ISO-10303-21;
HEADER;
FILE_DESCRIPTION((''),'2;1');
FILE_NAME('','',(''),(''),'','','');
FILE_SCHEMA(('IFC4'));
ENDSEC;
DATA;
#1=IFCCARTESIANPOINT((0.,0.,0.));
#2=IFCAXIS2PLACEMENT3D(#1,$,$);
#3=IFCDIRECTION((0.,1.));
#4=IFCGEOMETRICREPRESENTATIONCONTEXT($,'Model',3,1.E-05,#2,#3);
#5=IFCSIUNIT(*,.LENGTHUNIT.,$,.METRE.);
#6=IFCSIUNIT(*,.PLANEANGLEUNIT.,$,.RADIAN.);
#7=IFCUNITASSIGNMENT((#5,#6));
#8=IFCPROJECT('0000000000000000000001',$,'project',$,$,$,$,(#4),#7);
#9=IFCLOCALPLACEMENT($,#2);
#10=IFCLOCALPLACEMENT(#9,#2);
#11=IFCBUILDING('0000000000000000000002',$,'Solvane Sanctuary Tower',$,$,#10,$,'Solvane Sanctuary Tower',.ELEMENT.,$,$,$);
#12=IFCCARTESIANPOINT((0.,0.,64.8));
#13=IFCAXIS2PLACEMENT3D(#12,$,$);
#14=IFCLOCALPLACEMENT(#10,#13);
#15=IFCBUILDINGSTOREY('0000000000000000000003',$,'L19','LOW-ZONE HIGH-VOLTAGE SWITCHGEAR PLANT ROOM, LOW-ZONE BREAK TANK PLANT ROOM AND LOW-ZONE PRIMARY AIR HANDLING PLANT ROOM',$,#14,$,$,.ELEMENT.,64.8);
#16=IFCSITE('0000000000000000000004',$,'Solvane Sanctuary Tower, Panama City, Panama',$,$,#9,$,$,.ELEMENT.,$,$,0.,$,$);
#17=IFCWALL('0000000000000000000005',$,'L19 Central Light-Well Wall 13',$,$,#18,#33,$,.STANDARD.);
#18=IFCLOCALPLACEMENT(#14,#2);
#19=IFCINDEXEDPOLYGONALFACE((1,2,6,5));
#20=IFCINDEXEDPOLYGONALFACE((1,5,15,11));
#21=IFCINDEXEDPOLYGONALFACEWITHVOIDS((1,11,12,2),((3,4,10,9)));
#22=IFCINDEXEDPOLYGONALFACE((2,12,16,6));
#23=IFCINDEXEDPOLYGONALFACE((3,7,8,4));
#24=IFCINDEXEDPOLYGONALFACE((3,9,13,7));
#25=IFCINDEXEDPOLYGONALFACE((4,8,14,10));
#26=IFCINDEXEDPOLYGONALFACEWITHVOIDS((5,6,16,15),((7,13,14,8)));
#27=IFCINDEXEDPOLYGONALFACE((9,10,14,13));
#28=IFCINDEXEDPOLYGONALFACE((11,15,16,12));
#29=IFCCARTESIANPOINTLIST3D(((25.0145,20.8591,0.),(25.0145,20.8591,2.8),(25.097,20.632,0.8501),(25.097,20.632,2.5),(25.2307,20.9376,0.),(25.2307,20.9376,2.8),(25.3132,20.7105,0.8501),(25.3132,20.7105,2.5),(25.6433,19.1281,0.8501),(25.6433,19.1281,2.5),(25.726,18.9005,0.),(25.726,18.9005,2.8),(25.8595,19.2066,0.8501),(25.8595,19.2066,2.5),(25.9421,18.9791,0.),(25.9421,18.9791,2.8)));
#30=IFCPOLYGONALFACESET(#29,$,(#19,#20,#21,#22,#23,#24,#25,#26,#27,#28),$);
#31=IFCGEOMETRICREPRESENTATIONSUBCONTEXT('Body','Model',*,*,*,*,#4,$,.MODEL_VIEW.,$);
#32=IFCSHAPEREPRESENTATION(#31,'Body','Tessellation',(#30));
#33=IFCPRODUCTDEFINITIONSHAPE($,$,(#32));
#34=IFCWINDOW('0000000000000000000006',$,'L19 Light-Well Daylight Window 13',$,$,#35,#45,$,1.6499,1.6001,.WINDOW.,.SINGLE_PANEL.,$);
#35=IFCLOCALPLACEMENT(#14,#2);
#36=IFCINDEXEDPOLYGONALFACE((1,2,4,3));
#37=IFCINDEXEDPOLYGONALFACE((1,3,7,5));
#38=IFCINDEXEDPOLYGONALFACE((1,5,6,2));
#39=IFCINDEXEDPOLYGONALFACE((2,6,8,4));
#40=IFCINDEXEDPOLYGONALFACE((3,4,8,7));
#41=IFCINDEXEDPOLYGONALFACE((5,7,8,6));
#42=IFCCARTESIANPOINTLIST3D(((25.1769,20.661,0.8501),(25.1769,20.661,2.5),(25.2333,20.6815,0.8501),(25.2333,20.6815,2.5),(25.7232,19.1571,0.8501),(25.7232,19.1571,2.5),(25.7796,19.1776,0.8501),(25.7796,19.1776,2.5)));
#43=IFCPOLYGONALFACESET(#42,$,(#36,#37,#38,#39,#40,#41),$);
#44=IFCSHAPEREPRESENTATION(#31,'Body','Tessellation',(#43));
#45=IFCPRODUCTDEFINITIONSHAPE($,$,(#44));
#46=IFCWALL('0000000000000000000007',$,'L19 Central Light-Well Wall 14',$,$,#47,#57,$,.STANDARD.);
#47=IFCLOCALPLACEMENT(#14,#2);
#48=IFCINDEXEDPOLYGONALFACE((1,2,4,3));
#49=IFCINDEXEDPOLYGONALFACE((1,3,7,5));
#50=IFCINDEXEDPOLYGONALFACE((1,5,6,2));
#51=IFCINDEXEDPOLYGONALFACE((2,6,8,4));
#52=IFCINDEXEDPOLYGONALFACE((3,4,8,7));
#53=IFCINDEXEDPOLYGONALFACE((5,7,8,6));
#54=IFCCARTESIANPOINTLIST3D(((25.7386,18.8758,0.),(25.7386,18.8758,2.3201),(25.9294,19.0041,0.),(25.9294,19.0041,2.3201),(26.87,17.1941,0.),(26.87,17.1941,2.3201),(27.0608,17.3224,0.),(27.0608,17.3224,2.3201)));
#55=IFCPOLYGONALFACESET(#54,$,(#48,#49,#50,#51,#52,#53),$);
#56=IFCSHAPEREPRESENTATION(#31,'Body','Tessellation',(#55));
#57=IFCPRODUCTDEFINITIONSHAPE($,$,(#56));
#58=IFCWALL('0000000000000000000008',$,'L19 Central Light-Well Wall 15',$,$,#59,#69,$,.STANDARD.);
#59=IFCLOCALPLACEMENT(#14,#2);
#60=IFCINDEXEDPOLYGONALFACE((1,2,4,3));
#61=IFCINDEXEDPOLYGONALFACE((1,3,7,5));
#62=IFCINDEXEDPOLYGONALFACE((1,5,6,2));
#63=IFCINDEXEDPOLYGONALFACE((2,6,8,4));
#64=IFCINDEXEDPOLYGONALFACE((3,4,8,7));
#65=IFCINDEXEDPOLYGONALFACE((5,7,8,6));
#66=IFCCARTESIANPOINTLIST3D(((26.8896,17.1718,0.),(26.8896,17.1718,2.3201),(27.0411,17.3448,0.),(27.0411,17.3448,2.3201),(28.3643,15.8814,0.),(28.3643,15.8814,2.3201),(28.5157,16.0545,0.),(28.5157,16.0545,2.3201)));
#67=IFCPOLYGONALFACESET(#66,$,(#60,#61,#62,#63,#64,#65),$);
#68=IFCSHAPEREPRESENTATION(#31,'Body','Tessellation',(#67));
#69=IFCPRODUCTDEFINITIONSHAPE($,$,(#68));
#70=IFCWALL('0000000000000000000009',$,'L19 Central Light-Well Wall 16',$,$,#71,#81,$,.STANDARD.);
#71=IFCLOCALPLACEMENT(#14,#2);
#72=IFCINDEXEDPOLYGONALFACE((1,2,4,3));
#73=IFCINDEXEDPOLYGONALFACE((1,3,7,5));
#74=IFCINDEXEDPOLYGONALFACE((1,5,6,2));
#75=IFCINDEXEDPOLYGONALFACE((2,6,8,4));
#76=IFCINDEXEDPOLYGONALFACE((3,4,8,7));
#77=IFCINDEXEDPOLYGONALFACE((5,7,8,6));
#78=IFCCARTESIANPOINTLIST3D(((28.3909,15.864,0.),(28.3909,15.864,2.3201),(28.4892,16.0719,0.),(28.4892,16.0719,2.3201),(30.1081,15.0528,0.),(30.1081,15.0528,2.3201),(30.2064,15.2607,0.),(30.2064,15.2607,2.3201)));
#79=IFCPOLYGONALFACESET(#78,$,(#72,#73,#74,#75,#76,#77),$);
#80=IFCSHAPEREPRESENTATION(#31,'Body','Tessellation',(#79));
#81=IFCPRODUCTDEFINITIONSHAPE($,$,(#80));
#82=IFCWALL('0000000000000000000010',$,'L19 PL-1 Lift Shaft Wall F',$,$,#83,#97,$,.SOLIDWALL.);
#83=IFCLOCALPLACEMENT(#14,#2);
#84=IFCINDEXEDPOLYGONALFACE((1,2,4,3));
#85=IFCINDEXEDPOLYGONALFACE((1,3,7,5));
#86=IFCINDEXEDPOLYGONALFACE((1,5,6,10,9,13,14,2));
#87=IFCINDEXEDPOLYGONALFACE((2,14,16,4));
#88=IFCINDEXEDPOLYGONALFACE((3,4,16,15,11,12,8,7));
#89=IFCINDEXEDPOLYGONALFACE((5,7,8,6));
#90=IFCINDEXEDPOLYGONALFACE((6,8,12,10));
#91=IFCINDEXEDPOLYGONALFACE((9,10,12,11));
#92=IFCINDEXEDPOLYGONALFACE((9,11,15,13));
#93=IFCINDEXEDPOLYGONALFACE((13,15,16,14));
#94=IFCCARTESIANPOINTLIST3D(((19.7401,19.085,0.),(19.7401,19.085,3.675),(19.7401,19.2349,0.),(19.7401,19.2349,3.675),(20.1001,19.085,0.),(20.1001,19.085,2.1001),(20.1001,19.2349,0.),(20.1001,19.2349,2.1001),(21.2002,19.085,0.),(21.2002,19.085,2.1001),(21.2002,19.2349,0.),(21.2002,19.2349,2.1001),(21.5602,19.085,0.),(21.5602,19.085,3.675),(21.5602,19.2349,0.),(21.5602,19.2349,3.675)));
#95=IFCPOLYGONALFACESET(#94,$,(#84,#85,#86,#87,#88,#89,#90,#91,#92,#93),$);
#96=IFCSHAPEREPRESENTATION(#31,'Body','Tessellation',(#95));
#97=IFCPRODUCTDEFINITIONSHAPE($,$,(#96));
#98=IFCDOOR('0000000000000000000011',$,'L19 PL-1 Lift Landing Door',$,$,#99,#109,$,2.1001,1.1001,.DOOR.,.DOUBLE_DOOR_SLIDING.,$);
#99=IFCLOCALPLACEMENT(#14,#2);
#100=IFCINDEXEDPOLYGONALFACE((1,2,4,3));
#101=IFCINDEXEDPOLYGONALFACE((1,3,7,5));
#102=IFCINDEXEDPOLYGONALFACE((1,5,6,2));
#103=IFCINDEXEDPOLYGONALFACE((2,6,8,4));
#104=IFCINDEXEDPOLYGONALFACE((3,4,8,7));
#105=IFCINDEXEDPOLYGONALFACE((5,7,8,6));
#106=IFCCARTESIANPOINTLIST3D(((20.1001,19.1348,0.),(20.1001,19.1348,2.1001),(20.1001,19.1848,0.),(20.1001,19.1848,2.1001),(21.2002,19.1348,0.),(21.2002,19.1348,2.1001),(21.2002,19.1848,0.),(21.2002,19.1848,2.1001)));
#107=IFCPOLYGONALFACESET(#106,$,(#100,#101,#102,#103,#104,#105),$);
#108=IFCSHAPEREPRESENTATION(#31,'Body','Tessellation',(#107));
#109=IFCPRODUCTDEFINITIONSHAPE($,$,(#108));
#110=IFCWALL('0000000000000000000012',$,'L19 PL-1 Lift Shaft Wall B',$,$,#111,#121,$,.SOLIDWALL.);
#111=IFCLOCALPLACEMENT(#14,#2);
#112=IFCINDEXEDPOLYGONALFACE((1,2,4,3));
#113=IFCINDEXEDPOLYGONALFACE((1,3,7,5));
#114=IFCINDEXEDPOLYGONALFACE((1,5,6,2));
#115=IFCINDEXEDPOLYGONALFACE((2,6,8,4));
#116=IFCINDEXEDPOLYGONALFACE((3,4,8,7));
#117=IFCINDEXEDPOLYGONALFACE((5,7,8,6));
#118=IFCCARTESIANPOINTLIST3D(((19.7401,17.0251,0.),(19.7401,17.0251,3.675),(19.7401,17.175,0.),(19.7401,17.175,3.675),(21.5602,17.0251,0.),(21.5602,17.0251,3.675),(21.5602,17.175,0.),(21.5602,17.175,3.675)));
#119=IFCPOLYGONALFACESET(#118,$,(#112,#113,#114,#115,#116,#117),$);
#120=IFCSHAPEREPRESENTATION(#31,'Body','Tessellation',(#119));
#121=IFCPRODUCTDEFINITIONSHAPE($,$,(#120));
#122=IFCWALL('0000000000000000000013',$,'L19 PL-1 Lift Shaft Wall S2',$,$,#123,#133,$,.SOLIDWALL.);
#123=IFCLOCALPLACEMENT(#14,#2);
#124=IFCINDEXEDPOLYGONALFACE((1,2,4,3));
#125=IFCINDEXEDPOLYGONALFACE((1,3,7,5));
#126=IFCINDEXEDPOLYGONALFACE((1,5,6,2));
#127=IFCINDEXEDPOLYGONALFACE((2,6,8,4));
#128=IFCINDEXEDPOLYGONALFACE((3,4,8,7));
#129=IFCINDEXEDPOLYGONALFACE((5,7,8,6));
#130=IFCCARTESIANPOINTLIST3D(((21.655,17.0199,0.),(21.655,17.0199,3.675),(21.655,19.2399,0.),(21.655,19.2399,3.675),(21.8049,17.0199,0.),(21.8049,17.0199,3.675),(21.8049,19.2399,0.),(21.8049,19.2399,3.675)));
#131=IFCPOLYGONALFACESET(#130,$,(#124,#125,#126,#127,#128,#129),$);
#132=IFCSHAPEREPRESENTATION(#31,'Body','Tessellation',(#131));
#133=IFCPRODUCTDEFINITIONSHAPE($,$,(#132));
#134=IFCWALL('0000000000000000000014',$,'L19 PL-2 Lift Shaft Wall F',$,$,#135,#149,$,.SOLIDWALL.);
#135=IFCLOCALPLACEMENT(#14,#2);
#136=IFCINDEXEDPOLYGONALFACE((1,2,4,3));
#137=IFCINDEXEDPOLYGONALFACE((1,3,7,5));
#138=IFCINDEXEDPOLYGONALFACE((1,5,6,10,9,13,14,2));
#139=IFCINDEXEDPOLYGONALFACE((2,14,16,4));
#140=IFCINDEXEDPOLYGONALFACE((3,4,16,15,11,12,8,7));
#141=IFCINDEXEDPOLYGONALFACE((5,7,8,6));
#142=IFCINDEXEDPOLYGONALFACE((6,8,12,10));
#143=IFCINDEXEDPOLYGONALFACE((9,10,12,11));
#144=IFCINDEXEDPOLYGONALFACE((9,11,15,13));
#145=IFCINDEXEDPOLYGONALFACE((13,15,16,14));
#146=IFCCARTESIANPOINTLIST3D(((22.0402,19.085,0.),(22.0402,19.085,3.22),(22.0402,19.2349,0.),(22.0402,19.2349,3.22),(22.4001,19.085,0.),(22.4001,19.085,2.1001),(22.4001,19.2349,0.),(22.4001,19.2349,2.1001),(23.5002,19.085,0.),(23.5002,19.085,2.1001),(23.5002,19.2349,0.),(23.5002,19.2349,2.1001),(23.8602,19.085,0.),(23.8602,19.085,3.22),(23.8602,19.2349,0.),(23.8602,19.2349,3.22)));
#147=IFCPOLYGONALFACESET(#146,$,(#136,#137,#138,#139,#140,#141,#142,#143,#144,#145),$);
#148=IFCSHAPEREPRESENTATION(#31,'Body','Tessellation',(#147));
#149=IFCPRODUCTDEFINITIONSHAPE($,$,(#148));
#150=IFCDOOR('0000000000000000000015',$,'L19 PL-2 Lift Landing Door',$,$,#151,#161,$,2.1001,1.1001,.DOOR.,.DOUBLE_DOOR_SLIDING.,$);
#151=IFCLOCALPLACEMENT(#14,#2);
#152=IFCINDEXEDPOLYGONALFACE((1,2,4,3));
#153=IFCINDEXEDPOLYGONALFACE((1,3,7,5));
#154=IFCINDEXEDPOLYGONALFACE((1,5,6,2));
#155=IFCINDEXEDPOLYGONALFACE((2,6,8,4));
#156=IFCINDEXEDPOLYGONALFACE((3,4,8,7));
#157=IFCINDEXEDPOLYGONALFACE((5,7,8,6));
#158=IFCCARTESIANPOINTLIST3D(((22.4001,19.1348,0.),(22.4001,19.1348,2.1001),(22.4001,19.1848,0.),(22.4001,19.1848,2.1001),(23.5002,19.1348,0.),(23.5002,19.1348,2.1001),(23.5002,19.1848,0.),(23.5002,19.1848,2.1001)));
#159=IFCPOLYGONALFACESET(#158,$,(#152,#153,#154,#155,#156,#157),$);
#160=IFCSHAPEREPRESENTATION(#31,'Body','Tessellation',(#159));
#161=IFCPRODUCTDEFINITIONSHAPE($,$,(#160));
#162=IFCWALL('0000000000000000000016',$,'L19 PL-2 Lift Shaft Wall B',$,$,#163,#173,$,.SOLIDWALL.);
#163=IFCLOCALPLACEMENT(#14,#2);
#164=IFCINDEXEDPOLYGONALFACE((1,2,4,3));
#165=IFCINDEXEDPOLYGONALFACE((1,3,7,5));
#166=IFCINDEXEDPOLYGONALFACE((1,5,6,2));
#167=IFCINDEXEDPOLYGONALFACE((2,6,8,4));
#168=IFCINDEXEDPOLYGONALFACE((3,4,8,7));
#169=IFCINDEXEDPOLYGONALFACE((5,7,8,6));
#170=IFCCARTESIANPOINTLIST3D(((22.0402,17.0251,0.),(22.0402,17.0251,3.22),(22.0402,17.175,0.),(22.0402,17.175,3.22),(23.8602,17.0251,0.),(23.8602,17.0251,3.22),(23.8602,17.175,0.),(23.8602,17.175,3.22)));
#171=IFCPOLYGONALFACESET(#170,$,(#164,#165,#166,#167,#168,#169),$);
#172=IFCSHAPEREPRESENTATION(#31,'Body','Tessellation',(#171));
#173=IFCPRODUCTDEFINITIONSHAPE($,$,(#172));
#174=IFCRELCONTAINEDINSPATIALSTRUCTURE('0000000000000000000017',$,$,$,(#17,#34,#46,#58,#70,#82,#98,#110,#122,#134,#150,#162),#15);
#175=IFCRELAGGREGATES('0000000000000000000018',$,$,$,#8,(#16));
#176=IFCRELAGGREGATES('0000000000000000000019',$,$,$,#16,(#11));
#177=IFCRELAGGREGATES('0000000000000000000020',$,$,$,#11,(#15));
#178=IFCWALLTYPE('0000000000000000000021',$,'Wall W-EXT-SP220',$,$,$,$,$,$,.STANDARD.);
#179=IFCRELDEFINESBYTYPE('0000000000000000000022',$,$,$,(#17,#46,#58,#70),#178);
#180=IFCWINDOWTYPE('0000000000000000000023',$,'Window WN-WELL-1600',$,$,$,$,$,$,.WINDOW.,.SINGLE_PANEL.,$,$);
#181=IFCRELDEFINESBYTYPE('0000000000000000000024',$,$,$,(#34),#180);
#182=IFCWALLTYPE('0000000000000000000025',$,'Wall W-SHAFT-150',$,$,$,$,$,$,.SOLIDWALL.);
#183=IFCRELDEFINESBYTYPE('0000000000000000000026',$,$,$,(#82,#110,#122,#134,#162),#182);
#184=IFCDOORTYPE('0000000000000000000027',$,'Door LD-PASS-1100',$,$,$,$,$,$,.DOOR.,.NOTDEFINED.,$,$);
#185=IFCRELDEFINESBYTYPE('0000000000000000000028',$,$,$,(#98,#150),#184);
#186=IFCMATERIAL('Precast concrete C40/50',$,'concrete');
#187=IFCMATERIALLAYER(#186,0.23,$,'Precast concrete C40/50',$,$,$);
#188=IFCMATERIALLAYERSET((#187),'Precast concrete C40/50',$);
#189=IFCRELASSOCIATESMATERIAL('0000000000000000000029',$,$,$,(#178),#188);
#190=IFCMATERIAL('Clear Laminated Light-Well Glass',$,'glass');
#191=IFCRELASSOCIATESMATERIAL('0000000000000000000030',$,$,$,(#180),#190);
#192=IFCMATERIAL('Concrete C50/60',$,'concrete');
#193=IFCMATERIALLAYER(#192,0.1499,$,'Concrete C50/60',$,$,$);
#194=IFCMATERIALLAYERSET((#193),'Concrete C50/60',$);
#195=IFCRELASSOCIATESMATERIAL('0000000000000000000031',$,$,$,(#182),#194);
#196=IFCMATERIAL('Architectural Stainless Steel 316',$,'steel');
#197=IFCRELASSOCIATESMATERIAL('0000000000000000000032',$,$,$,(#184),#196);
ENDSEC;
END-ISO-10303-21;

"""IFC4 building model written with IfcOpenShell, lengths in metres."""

from ifc_helpers import new_model, si_unit, direction, frame, frame_2d, origin, place, context, subcontext, project, spatial, rectangle, extrude, material, layer, layer_set, type_object, element, fill, save


model = new_model("IFC4")

# Units and contexts
model_context = context("Model", 3, precision=1e-05, world=origin(), true_north=direction((0.0, 1.0)))
body_context = subcontext(model_context, "Body", "Model", "MODEL_VIEW")
ifc_project = project(units=[si_unit("LENGTHUNIT", "METRE"), si_unit("PLANEANGLEUNIT", "RADIAN")], contexts=[model_context])

# Site, building, storey
site_placement = place(None, origin())
site = spatial("IfcSite", under=ifc_project, at=site_placement, Name="Solvane Sanctuary Tower, Panama City, Panama", CompositionType="ELEMENT", RefElevation=0.0)
building_placement = place(site_placement, origin())
building = spatial("IfcBuilding", under=site, at=building_placement, Name="Solvane Sanctuary Tower", LongName="Solvane Sanctuary Tower", CompositionType="ELEMENT")
storey_placement = place(building_placement, frame((0.0, 0.0, 64.8)))
storey = spatial("IfcBuildingStorey", under=building, at=storey_placement, Name="L19", Description="LOW-ZONE HIGH-VOLTAGE SWITCHGEAR PLANT ROOM, LOW-ZONE BREAK TANK PLANT ROOM AND LOW-ZONE PRIMARY AIR HANDLING PLANT ROOM", CompositionType="ELEMENT", Elevation=64.8)

# Wall, opening, window
ifc_material_1 = material(Name="Precast concrete C40/50", Category="concrete")
ifc_layer_1 = layer(ifc_material_1, 0.23, Name="Precast concrete C40/50")
ifc_layer_set_1 = layer_set([ifc_layer_1], Name="Precast concrete C40/50")
wall_type_1 = type_object("IfcWallType", Name="Wall W-EXT-SP220", PredefinedType="STANDARD", material=ifc_layer_set_1)
wall_1_placement = place(storey_placement, frame((25.1226, 20.8984, 0.0), z_axis=(0.0, 0.0, 1.0), x_axis=(0.341423, -0.93991, 0.0)))
wall_1 = element("IfcWall", 1, at=wall_1_placement, inside=storey, type_object=wall_type_1, Name="L19 Central Light-Well Wall 13", PredefinedType="STANDARD", context=body_context, shape_type="SweptSolid", body=[
    extrude(rectangle(XDim=2.0837, YDim=0.23, at=frame_2d((1.042, 0.0))), origin(), (0.0, 0.0, 1.0), 2.8),
])
opening_1_placement = place(wall_1_placement, frame((0.2417, 0.0, 0.8501)))
opening_1 = element("IfcOpeningElement", 2, at=opening_1_placement, cuts=wall_1, PredefinedType="OPENING", context=body_context, shape_type="SweptSolid", body=[
    extrude(rectangle(XDim=1.6001, YDim=1.6499, at=frame_2d((0.8, 0.825))), frame((0.0, 0.125, 0.0), z_axis=(0.0, -1.0, 0.0), x_axis=(1.0, 0.0, 0.0)), (0.0, 0.0, 1.0), 0.25),
])
ifc_material_2 = material(Name="Clear Laminated Light-Well Glass", Category="glass")
window_type = type_object("IfcWindowType", Name="Window WN-WELL-1600", PartitioningType="SINGLE_PANEL", PredefinedType="WINDOW", material=ifc_material_2)
window_placement = place(opening_1_placement, origin())
window = element("IfcWindow", 3, at=window_placement, inside=storey, type_object=window_type, Name="L19 Light-Well Daylight Window 13", OverallHeight=1.6499, OverallWidth=1.6001, PartitioningType="SINGLE_PANEL", PredefinedType="WINDOW", context=body_context, shape_type="SweptSolid", body=[
    extrude(rectangle(XDim=1.6001, YDim=1.6499, at=frame_2d((0.8, 0.825))), frame((0.0, 0.03, 0.0), z_axis=(0.0, -1.0, 0.0), x_axis=(1.0, 0.0, 0.0)), (0.0, 0.0, 1.0), 0.0601),
])
fill(opening_1, window)

# Walls
wall_2_placement = place(storey_placement, frame((25.834, 18.9399, 0.0), z_axis=(0.0, 0.0, 1.0), x_axis=(0.558198, -0.829708, 0.0)))
element("IfcWall", 4, at=wall_2_placement, inside=storey, type_object=wall_type_1, Name="L19 Central Light-Well Wall 14", PredefinedType="STANDARD", context=body_context, shape_type="SweptSolid", body=[
    extrude(rectangle(XDim=2.0269, YDim=0.23, at=frame_2d((1.0134, 0.0))), origin(), (0.0, 0.0, 1.0), 2.3201),
])
wall_3_placement = place(storey_placement, frame((26.9653, 17.2583, 0.0), z_axis=(0.0, 0.0, 1.0), x_axis=(0.752577, -0.658505, 0.0)))
element("IfcWall", 5, at=wall_3_placement, inside=storey, type_object=wall_type_1, Name="L19 Central Light-Well Wall 15", PredefinedType="STANDARD", context=body_context, shape_type="SweptSolid", body=[
    extrude(rectangle(XDim=1.9595, YDim=0.23, at=frame_2d((0.9797, 0.0))), origin(), (0.0, 0.0, 1.0), 2.3201),
])
wall_4_placement = place(storey_placement, frame((28.4399, 15.968, 0.0), z_axis=(0.0, 0.0, 1.0), x_axis=(0.90418, -0.427152, 0.0)))
element("IfcWall", 6, at=wall_4_placement, inside=storey, type_object=wall_type_1, Name="L19 Central Light-Well Wall 16", PredefinedType="STANDARD", context=body_context, shape_type="SweptSolid", body=[
    extrude(rectangle(XDim=1.8992, YDim=0.23, at=frame_2d((0.9497, 0.0))), origin(), (0.0, 0.0, 1.0), 2.3201),
])

# Wall, opening, door
ifc_material_3 = material(Name="Concrete C50/60", Category="concrete")
ifc_layer_2 = layer(ifc_material_3, 0.1499, Name="Concrete C50/60")
ifc_layer_set_2 = layer_set([ifc_layer_2], Name="Concrete C50/60")
wall_type_2 = type_object("IfcWallType", Name="Wall W-SHAFT-150", PredefinedType="SOLIDWALL", material=ifc_layer_set_2)
wall_5_placement = place(storey_placement, frame((19.74, 19.1599, 0.0), z_axis=(0.0, 0.0, 1.0), x_axis=(1.0, 0.0, 0.0)))
wall_5 = element("IfcWall", 7, at=wall_5_placement, inside=storey, type_object=wall_type_2, Name="L19 PL-1 Lift Shaft Wall F", PredefinedType="SOLIDWALL", context=body_context, shape_type="SweptSolid", body=[
    extrude(rectangle(XDim=1.8201, YDim=0.1499, at=frame_2d((0.9102, 0.0))), origin(), (0.0, 0.0, 1.0), 3.675),
])
opening_2_placement = place(wall_5_placement, frame((0.3601, 0.0, 0.0)))
opening_2 = element("IfcOpeningElement", 8, at=opening_2_placement, cuts=wall_5, PredefinedType="OPENING", context=body_context, shape_type="SweptSolid", body=[
    extrude(rectangle(XDim=1.1001, YDim=2.1001, at=frame_2d((0.55, 1.05))), frame((0.0, 0.085, 0.0), z_axis=(0.0, -1.0, 0.0), x_axis=(1.0, 0.0, 0.0)), (0.0, 0.0, 1.0), 0.1699),
])
ifc_material_4 = material(Name="Architectural Stainless Steel 316", Category="steel")
door_type = type_object("IfcDoorType", Name="Door LD-PASS-1100", OperationType="NOTDEFINED", PredefinedType="DOOR", material=ifc_material_4)
door_1_placement = place(opening_2_placement, origin())
door_1 = element("IfcDoor", 9, at=door_1_placement, inside=storey, type_object=door_type, Name="L19 PL-1 Lift Landing Door", OperationType="DOUBLE_DOOR_SLIDING", OverallHeight=2.1001, OverallWidth=1.1001, PredefinedType="DOOR", context=body_context, shape_type="SweptSolid", body=[
    extrude(rectangle(XDim=1.1001, YDim=2.1001, at=frame_2d((0.55, 1.05))), frame((0.0, 0.0249, 0.0), z_axis=(0.0, -1.0, 0.0), x_axis=(1.0, 0.0, 0.0)), (0.0, 0.0, 1.0), 0.05),
])
fill(opening_2, door_1)

# Walls
wall_6_placement = place(storey_placement, frame((19.74, 17.1001, 0.0), z_axis=(0.0, 0.0, 1.0), x_axis=(1.0, 0.0, 0.0)))
element("IfcWall", 10, at=wall_6_placement, inside=storey, type_object=wall_type_2, Name="L19 PL-1 Lift Shaft Wall B", PredefinedType="SOLIDWALL", context=body_context, shape_type="SweptSolid", body=[
    extrude(rectangle(XDim=1.8201, YDim=0.1499, at=frame_2d((0.9102, 0.0))), origin(), (0.0, 0.0, 1.0), 3.675),
])
wall_7_placement = place(storey_placement, frame((21.73, 17.02, 0.0), z_axis=(0.0, 0.0, 1.0), x_axis=(0.0, 1.0, 0.0)))
element("IfcWall", 11, at=wall_7_placement, inside=storey, type_object=wall_type_2, Name="L19 PL-1 Lift Shaft Wall S2", PredefinedType="SOLIDWALL", context=body_context, shape_type="SweptSolid", body=[
    extrude(rectangle(XDim=2.22, YDim=0.1499, at=frame_2d((1.1099, 0.0))), origin(), (0.0, 0.0, 1.0), 3.675),
])

# Wall, opening, door
wall_8_placement = place(storey_placement, frame((22.04, 19.1599, 0.0), z_axis=(0.0, 0.0, 1.0), x_axis=(1.0, 0.0, 0.0)))
wall_8 = element("IfcWall", 12, at=wall_8_placement, inside=storey, type_object=wall_type_2, Name="L19 PL-2 Lift Shaft Wall F", PredefinedType="SOLIDWALL", context=body_context, shape_type="SweptSolid", body=[
    extrude(rectangle(XDim=1.8201, YDim=0.1499, at=frame_2d((0.9102, 0.0))), origin(), (0.0, 0.0, 1.0), 3.22),
])
opening_3_placement = place(wall_8_placement, frame((0.3601, 0.0, 0.0)))
opening_3 = element("IfcOpeningElement", 13, at=opening_3_placement, cuts=wall_8, PredefinedType="OPENING", context=body_context, shape_type="SweptSolid", body=[
    extrude(rectangle(XDim=1.1001, YDim=2.1001, at=frame_2d((0.55, 1.05))), frame((0.0, 0.085, 0.0), z_axis=(0.0, -1.0, 0.0), x_axis=(1.0, 0.0, 0.0)), (0.0, 0.0, 1.0), 0.1699),
])
door_2_placement = place(opening_3_placement, origin())
door_2 = element("IfcDoor", 14, at=door_2_placement, inside=storey, type_object=door_type, Name="L19 PL-2 Lift Landing Door", OperationType="DOUBLE_DOOR_SLIDING", OverallHeight=2.1001, OverallWidth=1.1001, PredefinedType="DOOR", context=body_context, shape_type="SweptSolid", body=[
    extrude(rectangle(XDim=1.1001, YDim=2.1001, at=frame_2d((0.55, 1.05))), frame((0.0, 0.0249, 0.0), z_axis=(0.0, -1.0, 0.0), x_axis=(1.0, 0.0, 0.0)), (0.0, 0.0, 1.0), 0.05),
])
fill(opening_3, door_2)

# Wall
wall_9_placement = place(storey_placement, frame((22.04, 17.1001, 0.0), z_axis=(0.0, 0.0, 1.0), x_axis=(1.0, 0.0, 0.0)))
element("IfcWall", 15, at=wall_9_placement, inside=storey, type_object=wall_type_2, Name="L19 PL-2 Lift Shaft Wall B", PredefinedType="SOLIDWALL", context=body_context, shape_type="SweptSolid", body=[
    extrude(rectangle(XDim=1.8201, YDim=0.1499, at=frame_2d((0.9102, 0.0))), origin(), (0.0, 0.0, 1.0), 3.22),
])

save(model, "model.ifc")
